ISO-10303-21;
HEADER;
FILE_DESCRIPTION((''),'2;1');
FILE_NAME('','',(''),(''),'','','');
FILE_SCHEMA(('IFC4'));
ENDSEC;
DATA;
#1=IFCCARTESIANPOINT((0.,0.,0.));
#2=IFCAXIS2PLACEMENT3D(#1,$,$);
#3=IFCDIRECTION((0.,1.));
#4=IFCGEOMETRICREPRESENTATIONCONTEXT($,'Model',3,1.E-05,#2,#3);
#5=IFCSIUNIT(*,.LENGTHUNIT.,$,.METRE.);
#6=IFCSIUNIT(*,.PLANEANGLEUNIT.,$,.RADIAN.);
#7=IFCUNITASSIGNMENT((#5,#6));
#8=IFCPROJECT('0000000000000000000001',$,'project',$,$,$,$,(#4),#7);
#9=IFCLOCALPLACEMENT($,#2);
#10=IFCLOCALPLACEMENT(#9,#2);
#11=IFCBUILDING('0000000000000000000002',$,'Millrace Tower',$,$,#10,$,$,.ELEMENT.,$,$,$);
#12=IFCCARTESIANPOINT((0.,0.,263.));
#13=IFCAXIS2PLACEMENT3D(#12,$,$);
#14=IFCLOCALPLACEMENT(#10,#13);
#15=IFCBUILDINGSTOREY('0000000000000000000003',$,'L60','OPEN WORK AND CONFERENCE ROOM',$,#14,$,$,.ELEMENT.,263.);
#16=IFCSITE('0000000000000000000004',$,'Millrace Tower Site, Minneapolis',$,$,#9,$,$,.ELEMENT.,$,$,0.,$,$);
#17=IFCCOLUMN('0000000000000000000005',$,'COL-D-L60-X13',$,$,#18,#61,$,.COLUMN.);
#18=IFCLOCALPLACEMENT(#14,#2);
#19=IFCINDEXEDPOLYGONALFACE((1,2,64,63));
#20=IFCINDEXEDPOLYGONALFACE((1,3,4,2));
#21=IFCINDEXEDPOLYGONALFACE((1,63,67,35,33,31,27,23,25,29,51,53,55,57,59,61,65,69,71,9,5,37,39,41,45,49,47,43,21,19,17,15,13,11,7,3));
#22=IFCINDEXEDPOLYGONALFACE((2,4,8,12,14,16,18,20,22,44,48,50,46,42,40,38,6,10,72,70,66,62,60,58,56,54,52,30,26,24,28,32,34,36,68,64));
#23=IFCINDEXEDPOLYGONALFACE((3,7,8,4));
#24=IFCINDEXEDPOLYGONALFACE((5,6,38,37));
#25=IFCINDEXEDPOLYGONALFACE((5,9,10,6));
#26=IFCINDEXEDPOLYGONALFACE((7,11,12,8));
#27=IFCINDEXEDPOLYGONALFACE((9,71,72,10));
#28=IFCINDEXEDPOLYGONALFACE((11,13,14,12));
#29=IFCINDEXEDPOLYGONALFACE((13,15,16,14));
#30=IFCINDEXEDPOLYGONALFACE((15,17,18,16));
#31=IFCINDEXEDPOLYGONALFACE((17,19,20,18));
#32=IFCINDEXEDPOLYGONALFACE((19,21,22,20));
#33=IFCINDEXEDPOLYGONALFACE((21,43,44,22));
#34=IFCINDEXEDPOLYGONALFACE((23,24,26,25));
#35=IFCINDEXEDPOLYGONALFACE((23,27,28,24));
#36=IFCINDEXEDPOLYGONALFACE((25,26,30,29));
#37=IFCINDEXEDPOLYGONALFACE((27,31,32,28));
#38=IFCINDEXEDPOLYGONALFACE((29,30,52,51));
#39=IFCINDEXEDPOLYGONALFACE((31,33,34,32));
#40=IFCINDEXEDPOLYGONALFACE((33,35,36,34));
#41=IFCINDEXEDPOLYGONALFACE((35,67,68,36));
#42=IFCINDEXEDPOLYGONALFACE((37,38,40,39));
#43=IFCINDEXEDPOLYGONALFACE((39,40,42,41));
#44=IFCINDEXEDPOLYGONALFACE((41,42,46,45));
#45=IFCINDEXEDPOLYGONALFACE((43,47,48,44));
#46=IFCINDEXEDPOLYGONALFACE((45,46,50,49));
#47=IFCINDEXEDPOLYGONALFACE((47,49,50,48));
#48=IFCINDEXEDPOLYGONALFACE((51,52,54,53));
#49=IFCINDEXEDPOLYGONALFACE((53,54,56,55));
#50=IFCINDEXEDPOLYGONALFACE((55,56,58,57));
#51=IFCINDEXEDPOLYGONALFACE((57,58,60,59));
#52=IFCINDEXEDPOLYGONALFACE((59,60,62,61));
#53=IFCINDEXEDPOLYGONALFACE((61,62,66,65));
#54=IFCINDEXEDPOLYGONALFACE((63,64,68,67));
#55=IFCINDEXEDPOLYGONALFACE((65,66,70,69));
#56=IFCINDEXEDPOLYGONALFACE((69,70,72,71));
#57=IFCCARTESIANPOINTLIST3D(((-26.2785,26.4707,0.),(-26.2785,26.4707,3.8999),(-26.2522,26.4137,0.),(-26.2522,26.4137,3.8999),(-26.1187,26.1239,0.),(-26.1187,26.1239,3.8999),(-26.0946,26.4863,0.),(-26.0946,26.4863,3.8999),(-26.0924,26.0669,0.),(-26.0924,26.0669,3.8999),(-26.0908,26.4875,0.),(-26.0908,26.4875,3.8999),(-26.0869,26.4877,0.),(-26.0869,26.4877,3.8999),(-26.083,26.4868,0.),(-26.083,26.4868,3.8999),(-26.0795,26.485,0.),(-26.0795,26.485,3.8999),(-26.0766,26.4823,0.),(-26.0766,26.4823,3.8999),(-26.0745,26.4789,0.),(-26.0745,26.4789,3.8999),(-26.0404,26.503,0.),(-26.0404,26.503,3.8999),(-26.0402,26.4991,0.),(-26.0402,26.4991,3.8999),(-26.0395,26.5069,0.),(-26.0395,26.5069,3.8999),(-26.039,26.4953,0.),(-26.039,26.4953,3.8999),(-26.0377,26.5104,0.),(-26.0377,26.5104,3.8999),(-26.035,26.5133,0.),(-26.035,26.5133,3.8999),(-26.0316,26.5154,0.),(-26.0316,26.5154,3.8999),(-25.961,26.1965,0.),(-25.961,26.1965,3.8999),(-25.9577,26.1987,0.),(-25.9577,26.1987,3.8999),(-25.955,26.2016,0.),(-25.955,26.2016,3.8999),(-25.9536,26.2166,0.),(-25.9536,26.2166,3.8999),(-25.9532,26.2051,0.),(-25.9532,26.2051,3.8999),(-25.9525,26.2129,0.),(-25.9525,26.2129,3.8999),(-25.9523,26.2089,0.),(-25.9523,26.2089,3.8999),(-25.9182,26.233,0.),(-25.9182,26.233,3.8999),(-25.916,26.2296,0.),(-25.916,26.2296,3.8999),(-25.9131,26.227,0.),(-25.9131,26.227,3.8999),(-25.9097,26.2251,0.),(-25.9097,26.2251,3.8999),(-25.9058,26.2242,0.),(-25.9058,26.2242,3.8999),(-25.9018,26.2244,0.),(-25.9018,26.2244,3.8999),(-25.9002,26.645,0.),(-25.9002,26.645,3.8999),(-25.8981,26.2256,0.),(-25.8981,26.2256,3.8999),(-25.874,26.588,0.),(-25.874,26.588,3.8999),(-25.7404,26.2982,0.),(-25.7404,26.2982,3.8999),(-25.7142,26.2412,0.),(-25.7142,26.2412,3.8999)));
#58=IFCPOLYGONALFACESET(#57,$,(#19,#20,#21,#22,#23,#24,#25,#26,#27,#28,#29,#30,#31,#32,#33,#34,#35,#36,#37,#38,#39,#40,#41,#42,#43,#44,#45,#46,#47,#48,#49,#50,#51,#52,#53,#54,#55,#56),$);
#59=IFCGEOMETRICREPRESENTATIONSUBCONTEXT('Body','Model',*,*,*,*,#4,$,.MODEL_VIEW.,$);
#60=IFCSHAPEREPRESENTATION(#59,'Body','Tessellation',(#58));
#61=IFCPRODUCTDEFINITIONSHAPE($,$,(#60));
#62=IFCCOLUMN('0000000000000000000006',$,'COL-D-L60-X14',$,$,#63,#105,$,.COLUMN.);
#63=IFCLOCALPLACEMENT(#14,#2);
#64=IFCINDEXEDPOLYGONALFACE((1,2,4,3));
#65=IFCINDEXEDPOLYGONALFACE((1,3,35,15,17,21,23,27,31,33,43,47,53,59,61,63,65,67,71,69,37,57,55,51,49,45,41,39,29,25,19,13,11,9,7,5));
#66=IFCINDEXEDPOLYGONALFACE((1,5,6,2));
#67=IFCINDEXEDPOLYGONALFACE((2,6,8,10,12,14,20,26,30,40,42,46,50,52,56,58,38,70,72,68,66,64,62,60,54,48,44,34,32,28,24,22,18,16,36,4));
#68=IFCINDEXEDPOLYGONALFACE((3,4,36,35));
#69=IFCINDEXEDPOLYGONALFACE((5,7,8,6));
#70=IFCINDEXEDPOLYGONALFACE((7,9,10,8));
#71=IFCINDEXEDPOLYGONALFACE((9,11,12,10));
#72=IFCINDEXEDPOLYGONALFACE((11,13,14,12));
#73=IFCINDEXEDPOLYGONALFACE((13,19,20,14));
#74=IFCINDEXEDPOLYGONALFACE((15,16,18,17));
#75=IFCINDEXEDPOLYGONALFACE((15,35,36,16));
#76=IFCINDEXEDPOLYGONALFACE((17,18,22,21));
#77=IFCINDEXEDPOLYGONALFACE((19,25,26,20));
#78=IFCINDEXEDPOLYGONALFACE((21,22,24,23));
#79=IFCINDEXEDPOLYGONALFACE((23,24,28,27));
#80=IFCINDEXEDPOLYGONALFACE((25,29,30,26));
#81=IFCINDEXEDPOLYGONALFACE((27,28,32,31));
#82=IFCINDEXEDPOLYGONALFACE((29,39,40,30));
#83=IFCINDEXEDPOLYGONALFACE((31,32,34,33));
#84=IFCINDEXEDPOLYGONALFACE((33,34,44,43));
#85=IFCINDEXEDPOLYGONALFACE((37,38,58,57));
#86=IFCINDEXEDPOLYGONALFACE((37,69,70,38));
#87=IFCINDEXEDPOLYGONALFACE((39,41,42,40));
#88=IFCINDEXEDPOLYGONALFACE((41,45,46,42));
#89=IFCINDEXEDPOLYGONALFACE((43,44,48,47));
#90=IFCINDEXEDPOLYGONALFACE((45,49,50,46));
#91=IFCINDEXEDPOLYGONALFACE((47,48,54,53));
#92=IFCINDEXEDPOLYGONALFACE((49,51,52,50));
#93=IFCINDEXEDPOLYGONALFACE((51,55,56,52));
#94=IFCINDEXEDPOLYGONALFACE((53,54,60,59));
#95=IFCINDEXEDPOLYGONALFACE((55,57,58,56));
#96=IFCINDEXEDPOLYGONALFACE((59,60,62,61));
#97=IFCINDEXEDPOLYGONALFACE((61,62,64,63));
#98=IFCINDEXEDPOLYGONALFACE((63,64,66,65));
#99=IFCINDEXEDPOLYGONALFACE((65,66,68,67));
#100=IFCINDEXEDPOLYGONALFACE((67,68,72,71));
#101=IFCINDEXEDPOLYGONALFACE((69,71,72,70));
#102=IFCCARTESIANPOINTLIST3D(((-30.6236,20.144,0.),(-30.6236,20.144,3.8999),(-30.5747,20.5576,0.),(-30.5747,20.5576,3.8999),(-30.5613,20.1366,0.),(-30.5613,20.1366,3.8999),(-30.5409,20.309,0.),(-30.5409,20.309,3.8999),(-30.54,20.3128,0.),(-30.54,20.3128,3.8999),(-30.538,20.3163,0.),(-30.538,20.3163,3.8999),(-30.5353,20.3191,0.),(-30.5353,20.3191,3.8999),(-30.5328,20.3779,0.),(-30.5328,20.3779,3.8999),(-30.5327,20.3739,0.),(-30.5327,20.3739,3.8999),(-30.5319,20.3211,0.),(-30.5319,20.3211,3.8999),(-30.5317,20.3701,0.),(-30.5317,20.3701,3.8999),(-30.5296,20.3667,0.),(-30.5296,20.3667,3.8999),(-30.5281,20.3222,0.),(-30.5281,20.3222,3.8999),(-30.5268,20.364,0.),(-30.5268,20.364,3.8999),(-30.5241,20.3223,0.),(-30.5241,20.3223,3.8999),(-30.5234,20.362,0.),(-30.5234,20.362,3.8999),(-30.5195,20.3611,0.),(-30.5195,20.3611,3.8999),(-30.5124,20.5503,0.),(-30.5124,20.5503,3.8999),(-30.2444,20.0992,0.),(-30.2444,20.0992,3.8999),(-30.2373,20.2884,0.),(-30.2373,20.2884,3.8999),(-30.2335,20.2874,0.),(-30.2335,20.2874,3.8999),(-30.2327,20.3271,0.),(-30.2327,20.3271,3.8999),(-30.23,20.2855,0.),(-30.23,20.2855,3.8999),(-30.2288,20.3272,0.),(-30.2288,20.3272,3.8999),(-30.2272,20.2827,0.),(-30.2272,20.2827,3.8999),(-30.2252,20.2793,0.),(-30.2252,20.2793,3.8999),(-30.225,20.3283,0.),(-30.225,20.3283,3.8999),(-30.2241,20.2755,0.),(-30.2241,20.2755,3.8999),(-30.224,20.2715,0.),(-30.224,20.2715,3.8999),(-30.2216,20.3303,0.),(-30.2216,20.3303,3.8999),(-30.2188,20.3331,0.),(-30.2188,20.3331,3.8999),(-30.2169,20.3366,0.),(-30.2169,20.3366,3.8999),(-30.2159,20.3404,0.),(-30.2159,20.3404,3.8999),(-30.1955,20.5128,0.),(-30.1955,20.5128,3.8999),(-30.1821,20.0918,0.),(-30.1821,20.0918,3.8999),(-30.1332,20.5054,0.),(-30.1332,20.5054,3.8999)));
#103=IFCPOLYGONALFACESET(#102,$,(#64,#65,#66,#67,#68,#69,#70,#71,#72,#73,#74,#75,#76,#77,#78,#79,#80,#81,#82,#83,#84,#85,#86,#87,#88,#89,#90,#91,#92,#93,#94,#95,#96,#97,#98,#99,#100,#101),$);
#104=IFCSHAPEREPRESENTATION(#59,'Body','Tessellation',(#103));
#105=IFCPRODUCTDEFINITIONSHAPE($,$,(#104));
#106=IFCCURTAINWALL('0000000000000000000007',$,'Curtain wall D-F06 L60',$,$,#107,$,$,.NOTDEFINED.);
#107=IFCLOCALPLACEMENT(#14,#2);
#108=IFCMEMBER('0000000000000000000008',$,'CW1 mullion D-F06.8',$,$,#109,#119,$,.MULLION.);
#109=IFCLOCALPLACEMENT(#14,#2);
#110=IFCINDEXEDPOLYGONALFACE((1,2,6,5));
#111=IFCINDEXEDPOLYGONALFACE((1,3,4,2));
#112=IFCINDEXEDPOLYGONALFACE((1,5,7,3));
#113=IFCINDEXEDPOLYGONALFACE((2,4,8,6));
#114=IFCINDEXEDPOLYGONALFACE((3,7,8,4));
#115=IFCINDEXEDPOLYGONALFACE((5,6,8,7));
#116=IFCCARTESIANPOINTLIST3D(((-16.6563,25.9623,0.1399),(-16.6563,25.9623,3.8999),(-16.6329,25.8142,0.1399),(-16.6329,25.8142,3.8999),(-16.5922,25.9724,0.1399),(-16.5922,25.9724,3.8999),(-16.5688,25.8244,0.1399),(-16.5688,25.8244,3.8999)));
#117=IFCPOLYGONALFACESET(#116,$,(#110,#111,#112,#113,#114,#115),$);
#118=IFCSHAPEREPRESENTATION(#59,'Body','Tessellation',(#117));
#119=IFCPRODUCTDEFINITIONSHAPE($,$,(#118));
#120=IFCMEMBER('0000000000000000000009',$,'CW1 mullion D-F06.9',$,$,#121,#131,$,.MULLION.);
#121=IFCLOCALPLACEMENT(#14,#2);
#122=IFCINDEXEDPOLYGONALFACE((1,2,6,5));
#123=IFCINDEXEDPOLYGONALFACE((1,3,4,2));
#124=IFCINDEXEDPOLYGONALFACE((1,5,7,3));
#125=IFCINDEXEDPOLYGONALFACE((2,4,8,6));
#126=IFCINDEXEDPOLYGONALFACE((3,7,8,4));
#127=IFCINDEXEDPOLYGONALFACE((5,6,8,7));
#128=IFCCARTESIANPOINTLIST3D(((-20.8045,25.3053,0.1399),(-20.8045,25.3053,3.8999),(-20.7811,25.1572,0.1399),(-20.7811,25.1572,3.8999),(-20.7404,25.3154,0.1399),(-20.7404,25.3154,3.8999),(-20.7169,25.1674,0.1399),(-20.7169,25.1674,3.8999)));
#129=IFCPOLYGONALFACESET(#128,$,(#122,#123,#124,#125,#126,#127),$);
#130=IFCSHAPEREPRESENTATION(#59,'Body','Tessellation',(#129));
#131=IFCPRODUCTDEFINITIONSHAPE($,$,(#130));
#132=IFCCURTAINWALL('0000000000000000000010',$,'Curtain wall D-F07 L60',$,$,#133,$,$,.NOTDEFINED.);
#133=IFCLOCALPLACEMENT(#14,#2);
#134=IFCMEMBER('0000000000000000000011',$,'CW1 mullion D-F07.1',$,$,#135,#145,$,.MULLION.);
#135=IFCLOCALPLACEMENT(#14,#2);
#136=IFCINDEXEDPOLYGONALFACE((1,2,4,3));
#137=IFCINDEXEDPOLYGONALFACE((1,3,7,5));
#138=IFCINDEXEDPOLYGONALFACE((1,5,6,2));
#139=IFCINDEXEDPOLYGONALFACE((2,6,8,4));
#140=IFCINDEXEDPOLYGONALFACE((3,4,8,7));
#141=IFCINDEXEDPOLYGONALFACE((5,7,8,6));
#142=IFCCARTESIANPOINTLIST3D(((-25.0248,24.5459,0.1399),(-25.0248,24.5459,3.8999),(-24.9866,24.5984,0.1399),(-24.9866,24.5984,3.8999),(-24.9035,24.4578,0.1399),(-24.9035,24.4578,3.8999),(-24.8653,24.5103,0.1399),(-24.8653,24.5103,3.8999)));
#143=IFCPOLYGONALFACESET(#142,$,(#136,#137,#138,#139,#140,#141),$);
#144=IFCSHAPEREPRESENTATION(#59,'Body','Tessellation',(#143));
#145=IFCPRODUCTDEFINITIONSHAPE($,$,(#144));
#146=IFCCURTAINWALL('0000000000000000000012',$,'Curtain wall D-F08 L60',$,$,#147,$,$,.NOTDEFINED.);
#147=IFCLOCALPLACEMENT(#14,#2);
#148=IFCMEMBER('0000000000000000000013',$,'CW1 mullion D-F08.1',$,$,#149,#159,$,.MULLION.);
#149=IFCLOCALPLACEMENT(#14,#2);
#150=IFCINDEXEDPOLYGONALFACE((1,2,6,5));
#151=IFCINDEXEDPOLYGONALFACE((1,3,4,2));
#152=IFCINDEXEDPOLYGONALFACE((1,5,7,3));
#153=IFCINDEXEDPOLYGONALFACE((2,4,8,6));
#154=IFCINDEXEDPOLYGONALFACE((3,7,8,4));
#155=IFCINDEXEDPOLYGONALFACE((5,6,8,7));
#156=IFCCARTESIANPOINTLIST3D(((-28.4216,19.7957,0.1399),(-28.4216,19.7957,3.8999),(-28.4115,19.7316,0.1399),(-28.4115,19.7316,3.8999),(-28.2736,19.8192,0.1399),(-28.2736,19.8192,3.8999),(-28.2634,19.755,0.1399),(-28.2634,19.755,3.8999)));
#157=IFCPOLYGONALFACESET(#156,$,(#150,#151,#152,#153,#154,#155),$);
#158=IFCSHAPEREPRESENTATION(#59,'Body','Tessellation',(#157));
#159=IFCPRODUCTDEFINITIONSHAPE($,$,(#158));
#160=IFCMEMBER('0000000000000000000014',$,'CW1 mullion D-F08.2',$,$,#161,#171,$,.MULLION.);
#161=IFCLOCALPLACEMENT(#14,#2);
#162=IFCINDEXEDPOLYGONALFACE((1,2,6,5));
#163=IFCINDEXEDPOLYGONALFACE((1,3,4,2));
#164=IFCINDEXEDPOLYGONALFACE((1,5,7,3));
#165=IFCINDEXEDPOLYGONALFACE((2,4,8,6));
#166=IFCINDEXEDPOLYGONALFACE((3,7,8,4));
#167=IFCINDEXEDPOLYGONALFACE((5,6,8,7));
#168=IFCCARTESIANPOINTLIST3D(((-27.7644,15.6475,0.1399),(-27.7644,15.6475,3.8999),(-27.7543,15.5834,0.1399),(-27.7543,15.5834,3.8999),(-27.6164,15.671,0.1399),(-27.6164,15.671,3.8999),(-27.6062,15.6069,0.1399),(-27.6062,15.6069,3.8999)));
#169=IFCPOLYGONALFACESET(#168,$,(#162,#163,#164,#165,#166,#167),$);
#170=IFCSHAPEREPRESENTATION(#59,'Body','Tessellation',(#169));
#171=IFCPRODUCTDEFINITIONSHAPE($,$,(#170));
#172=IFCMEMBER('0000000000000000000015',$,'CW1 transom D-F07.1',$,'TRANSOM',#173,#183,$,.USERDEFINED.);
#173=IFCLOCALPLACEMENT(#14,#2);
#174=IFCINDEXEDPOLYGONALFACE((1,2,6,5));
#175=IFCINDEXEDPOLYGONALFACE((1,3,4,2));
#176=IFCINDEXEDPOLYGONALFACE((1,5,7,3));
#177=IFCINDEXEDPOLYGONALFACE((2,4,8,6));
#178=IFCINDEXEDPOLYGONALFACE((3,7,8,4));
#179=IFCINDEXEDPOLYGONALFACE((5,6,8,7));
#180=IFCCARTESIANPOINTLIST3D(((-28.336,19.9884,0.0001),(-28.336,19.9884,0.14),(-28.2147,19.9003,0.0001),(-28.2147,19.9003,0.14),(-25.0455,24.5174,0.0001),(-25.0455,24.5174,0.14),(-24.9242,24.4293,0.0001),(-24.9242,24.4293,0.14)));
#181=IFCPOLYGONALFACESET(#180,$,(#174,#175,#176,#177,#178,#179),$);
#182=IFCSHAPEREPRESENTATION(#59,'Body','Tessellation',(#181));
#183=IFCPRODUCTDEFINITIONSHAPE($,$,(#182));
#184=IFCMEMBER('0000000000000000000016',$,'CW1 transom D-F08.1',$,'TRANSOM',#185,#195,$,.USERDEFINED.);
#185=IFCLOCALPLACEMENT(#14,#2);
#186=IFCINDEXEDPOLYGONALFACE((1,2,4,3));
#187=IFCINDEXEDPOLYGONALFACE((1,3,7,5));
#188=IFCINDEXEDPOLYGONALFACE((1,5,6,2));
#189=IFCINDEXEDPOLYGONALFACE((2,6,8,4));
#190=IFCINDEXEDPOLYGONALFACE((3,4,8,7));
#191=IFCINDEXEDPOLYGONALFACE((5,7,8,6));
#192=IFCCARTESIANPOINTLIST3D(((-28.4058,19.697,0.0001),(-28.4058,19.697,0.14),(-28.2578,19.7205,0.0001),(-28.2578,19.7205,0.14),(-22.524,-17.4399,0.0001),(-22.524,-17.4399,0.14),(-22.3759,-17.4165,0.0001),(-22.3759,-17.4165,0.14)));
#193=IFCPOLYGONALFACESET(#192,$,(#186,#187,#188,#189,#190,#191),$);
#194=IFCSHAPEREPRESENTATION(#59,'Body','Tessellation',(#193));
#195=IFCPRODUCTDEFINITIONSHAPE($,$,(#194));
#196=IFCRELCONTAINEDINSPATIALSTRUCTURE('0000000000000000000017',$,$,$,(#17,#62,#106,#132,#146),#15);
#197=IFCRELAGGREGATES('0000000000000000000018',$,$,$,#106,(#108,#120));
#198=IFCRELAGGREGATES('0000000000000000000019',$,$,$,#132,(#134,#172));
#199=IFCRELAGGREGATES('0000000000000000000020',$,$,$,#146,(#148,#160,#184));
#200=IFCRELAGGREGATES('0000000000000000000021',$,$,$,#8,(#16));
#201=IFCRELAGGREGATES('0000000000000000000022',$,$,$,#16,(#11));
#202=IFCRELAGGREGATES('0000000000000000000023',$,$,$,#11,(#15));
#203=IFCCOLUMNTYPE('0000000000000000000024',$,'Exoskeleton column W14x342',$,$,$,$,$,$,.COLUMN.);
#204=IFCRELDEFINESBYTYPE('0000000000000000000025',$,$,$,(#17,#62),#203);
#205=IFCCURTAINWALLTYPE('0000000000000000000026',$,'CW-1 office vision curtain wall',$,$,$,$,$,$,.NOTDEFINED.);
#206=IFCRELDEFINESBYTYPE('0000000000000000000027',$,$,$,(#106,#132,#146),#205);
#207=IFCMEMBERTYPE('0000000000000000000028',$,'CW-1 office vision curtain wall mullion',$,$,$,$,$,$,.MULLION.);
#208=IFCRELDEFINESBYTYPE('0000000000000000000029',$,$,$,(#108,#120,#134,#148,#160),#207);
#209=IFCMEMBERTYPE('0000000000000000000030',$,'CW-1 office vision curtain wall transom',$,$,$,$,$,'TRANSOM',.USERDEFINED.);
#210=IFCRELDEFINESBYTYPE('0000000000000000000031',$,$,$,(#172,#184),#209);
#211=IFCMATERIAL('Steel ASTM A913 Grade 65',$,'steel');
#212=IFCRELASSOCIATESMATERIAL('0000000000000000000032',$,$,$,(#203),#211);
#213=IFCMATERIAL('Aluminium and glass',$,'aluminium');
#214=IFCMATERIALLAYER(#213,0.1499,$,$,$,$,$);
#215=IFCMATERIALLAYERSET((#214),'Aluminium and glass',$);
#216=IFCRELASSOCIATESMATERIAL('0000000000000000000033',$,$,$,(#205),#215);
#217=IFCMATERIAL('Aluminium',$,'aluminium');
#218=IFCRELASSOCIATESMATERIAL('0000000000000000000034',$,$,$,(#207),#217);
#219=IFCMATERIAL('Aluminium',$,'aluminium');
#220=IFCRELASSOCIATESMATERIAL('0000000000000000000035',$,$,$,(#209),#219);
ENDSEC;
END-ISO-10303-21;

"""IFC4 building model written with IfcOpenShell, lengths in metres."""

from ifc_helpers import new_model, si_unit, direction, frame, origin, origin_2d, place, context, subcontext, project, spatial, rectangle, i_section, extrude, material, layer, layer_set, material_profile, profile_set, type_object, element, aggregate, save


model = new_model("IFC4")

# Units and contexts
model_context = context("Model", 3, precision=1e-05, world=origin(), true_north=direction((0.0, 1.0)))
body_context = subcontext(model_context, "Body", "Model", "MODEL_VIEW")
ifc_project = project(units=[si_unit("LENGTHUNIT", "METRE"), si_unit("PLANEANGLEUNIT", "RADIAN")], contexts=[model_context])

# Site, building, storey
site_placement = place(None, origin())
site = spatial("IfcSite", under=ifc_project, at=site_placement, Name="Millrace Tower Site, Minneapolis", CompositionType="ELEMENT", RefElevation=0.0)
building_placement = place(site_placement, origin())
building = spatial("IfcBuilding", under=site, at=building_placement, Name="Millrace Tower", CompositionType="ELEMENT")
storey_placement = place(building_placement, frame((0.0, 0.0, 263.0)))
storey = spatial("IfcBuildingStorey", under=building, at=storey_placement, Name="L60", Description="OPEN WORK AND CONFERENCE ROOM", CompositionType="ELEMENT", Elevation=263.0)

# Columns
ifc_material_1 = material(Name="Steel ASTM A913 Grade 65", Category="steel")
ifc_material_profile_1 = material_profile(ifc_material_1, i_section(OverallWidth=0.4165, OverallDepth=0.4446, WebThickness=0.0391, FlangeThickness=0.0627, FilletRadius=0.0151, at=origin_2d()))
ifc_profile_set_1 = profile_set([ifc_material_profile_1], Name="Steel ASTM A913 Grade 65")
column_type = type_object("IfcColumnType", Name="Exoskeleton column W14x342", PredefinedType="COLUMN", material=ifc_profile_set_1)
for number, where, z_axis, x_axis, name in (
    (1, (-25.9963, 26.356, 0.0), (0.0, 0.0, 1.0), (-0.908192, -0.418553, 0.0), "COL-D-L60-X13"),
    (2, (-30.3784, 20.3247, 0.0), (0.0, 0.0, 1.0), (-0.117421, -0.993082, 0.0), "COL-D-L60-X14"),
):
    element("IfcColumn", number, at=place(storey_placement, frame(where, z_axis=z_axis, x_axis=x_axis)), inside=storey, type_object=column_type, Name=name, PredefinedType="COLUMN", context=body_context, shape_type="SweptSolid", body=[
        extrude(i_section(OverallWidth=0.4165, OverallDepth=0.4446, WebThickness=0.0391, FlangeThickness=0.0627, FilletRadius=0.0151, at=origin_2d()), origin(), (0.0, 0.0, 1.0), 3.8999),
    ])

# Curtain wall, members
ifc_material_2 = material(Name="Aluminium and glass", Category="aluminium")
ifc_layer_1 = layer(ifc_material_2, 0.1499)
ifc_layer_set_1 = layer_set([ifc_layer_1], Name="Aluminium and glass")
curtain_wall_type = type_object("IfcCurtainWallType", Name="CW-1 office vision curtain wall", PredefinedType="NOTDEFINED", material=ifc_layer_set_1)
placement = place(storey_placement, origin())
curtain_wall_1 = element("IfcCurtainWall", 3, at=placement, inside=storey, type_object=curtain_wall_type, Name="Curtain wall D-F06 L60", PredefinedType="NOTDEFINED")
ifc_material_3 = material(Name="Aluminium", Category="aluminium")
ifc_material_profile_2 = material_profile(ifc_material_3, rectangle(XDim=0.0649, YDim=0.1499, at=origin_2d()))
ifc_profile_set_2 = profile_set([ifc_material_profile_2], Name="Aluminium")
member_type_1 = type_object("IfcMemberType", Name="CW-1 office vision curtain wall mullion", PredefinedType="MULLION", material=ifc_profile_set_2)
member_1_placement = place(storey_placement, frame((-16.6125, 25.8933, 0.1399), z_axis=(0.0, 0.0, 1.0), x_axis=(-0.987688, -0.156434, 0.0)))
member_1 = element("IfcMember", 4, at=member_1_placement, type_object=member_type_1, Name="CW1 mullion D-F06.8", PredefinedType="MULLION", context=body_context, shape_type="SweptSolid", body=[
    extrude(rectangle(XDim=0.0649, YDim=0.1499, at=origin_2d()), origin(), (0.0, 0.0, 1.0), 3.76),
])
member_2_placement = place(storey_placement, frame((-20.7607, 25.2363, 0.1399), z_axis=(0.0, 0.0, 1.0), x_axis=(-0.987688, -0.156434, 0.0)))
member_2 = element("IfcMember", 5, at=member_2_placement, type_object=member_type_1, Name="CW1 mullion D-F06.9", PredefinedType="MULLION", context=body_context, shape_type="SweptSolid", body=[
    extrude(rectangle(XDim=0.0649, YDim=0.1499, at=origin_2d()), origin(), (0.0, 0.0, 1.0), 3.76),
])
aggregate(curtain_wall_1, [member_1, member_2])

# Curtain wall, member
curtain_wall_2 = element("IfcCurtainWall", 6, at=placement, inside=storey, type_object=curtain_wall_type, Name="Curtain wall D-F07 L60", PredefinedType="NOTDEFINED")
member_3_placement = place(storey_placement, frame((-24.9451, 24.5281, 0.1399), z_axis=(0.0, 0.0, 1.0), x_axis=(-0.587785, -0.809017, 0.0)))
member_3 = element("IfcMember", 7, at=member_3_placement, type_object=member_type_1, Name="CW1 mullion D-F07.1", PredefinedType="MULLION", context=body_context, shape_type="SweptSolid", body=[
    extrude(rectangle(XDim=0.0649, YDim=0.1499, at=origin_2d()), origin(), (0.0, 0.0, 1.0), 3.76),
])

# Curtain wall, members
curtain_wall_3 = element("IfcCurtainWall", 8, at=placement, inside=storey, type_object=curtain_wall_type, Name="Curtain wall D-F08 L60", PredefinedType="NOTDEFINED")
member_4_placement = place(storey_placement, frame((-28.3425, 19.7754, 0.1399), z_axis=(0.0, 0.0, 1.0), x_axis=(0.156434, -0.987688, 0.0)))
member_4 = element("IfcMember", 9, at=member_4_placement, type_object=member_type_1, Name="CW1 mullion D-F08.1", PredefinedType="MULLION", context=body_context, shape_type="SweptSolid", body=[
    extrude(rectangle(XDim=0.0649, YDim=0.1499, at=origin_2d()), origin(), (0.0, 0.0, 1.0), 3.76),
])
member_5_placement = place(storey_placement, frame((-27.6853, 15.6272, 0.1399), z_axis=(0.0, 0.0, 1.0), x_axis=(0.156434, -0.987688, 0.0)))
member_5 = element("IfcMember", 10, at=member_5_placement, type_object=member_type_1, Name="CW1 mullion D-F08.2", PredefinedType="MULLION", context=body_context, shape_type="SweptSolid", body=[
    extrude(rectangle(XDim=0.0649, YDim=0.1499, at=origin_2d()), origin(), (0.0, 0.0, 1.0), 3.76),
])

# Members
ifc_material_4 = material(Name="Aluminium", Category="aluminium")
ifc_material_profile_3 = material_profile(ifc_material_4, rectangle(XDim=0.1499, YDim=0.1399, at=origin_2d()))
ifc_profile_set_3 = profile_set([ifc_material_profile_3], Name="Aluminium")
member_type_2 = type_object("IfcMemberType", Name="CW-1 office vision curtain wall transom", ElementType="TRANSOM", PredefinedType="USERDEFINED", material=ifc_profile_set_3)
member_6_placement = place(storey_placement, frame((-24.9849, 24.4734, 0.0701), z_axis=(-0.587783, -0.809019, 0.0), x_axis=(0.809019, -0.587783, 0.0)))
member_6 = element("IfcMember", 11, at=member_6_placement, type_object=member_type_2, Name="CW1 transom D-F07.1", ObjectType="TRANSOM", PredefinedType="USERDEFINED", context=body_context, shape_type="SweptSolid", body=[
    extrude(rectangle(XDim=0.1499, YDim=0.1399, at=origin_2d()), origin(), (0.0, 0.0, 1.0), 5.5981),
])
aggregate(curtain_wall_2, [member_3, member_6])
member_7_placement = place(storey_placement, frame((-28.3318, 19.7087, 0.0701), z_axis=(0.156432, -0.987689, 0.0), x_axis=(0.987689, 0.156432, 0.0)))
member_7 = element("IfcMember", 12, at=member_7_placement, type_object=member_type_2, Name="CW1 transom D-F08.1", ObjectType="TRANSOM", PredefinedType="USERDEFINED", context=body_context, shape_type="SweptSolid", body=[
    extrude(rectangle(XDim=0.1499, YDim=0.1399, at=origin_2d()), origin(), (0.0, 0.0, 1.0), 37.5999),
])
aggregate(curtain_wall_3, [member_4, member_5, member_7])

save(model, "model.ifc")
